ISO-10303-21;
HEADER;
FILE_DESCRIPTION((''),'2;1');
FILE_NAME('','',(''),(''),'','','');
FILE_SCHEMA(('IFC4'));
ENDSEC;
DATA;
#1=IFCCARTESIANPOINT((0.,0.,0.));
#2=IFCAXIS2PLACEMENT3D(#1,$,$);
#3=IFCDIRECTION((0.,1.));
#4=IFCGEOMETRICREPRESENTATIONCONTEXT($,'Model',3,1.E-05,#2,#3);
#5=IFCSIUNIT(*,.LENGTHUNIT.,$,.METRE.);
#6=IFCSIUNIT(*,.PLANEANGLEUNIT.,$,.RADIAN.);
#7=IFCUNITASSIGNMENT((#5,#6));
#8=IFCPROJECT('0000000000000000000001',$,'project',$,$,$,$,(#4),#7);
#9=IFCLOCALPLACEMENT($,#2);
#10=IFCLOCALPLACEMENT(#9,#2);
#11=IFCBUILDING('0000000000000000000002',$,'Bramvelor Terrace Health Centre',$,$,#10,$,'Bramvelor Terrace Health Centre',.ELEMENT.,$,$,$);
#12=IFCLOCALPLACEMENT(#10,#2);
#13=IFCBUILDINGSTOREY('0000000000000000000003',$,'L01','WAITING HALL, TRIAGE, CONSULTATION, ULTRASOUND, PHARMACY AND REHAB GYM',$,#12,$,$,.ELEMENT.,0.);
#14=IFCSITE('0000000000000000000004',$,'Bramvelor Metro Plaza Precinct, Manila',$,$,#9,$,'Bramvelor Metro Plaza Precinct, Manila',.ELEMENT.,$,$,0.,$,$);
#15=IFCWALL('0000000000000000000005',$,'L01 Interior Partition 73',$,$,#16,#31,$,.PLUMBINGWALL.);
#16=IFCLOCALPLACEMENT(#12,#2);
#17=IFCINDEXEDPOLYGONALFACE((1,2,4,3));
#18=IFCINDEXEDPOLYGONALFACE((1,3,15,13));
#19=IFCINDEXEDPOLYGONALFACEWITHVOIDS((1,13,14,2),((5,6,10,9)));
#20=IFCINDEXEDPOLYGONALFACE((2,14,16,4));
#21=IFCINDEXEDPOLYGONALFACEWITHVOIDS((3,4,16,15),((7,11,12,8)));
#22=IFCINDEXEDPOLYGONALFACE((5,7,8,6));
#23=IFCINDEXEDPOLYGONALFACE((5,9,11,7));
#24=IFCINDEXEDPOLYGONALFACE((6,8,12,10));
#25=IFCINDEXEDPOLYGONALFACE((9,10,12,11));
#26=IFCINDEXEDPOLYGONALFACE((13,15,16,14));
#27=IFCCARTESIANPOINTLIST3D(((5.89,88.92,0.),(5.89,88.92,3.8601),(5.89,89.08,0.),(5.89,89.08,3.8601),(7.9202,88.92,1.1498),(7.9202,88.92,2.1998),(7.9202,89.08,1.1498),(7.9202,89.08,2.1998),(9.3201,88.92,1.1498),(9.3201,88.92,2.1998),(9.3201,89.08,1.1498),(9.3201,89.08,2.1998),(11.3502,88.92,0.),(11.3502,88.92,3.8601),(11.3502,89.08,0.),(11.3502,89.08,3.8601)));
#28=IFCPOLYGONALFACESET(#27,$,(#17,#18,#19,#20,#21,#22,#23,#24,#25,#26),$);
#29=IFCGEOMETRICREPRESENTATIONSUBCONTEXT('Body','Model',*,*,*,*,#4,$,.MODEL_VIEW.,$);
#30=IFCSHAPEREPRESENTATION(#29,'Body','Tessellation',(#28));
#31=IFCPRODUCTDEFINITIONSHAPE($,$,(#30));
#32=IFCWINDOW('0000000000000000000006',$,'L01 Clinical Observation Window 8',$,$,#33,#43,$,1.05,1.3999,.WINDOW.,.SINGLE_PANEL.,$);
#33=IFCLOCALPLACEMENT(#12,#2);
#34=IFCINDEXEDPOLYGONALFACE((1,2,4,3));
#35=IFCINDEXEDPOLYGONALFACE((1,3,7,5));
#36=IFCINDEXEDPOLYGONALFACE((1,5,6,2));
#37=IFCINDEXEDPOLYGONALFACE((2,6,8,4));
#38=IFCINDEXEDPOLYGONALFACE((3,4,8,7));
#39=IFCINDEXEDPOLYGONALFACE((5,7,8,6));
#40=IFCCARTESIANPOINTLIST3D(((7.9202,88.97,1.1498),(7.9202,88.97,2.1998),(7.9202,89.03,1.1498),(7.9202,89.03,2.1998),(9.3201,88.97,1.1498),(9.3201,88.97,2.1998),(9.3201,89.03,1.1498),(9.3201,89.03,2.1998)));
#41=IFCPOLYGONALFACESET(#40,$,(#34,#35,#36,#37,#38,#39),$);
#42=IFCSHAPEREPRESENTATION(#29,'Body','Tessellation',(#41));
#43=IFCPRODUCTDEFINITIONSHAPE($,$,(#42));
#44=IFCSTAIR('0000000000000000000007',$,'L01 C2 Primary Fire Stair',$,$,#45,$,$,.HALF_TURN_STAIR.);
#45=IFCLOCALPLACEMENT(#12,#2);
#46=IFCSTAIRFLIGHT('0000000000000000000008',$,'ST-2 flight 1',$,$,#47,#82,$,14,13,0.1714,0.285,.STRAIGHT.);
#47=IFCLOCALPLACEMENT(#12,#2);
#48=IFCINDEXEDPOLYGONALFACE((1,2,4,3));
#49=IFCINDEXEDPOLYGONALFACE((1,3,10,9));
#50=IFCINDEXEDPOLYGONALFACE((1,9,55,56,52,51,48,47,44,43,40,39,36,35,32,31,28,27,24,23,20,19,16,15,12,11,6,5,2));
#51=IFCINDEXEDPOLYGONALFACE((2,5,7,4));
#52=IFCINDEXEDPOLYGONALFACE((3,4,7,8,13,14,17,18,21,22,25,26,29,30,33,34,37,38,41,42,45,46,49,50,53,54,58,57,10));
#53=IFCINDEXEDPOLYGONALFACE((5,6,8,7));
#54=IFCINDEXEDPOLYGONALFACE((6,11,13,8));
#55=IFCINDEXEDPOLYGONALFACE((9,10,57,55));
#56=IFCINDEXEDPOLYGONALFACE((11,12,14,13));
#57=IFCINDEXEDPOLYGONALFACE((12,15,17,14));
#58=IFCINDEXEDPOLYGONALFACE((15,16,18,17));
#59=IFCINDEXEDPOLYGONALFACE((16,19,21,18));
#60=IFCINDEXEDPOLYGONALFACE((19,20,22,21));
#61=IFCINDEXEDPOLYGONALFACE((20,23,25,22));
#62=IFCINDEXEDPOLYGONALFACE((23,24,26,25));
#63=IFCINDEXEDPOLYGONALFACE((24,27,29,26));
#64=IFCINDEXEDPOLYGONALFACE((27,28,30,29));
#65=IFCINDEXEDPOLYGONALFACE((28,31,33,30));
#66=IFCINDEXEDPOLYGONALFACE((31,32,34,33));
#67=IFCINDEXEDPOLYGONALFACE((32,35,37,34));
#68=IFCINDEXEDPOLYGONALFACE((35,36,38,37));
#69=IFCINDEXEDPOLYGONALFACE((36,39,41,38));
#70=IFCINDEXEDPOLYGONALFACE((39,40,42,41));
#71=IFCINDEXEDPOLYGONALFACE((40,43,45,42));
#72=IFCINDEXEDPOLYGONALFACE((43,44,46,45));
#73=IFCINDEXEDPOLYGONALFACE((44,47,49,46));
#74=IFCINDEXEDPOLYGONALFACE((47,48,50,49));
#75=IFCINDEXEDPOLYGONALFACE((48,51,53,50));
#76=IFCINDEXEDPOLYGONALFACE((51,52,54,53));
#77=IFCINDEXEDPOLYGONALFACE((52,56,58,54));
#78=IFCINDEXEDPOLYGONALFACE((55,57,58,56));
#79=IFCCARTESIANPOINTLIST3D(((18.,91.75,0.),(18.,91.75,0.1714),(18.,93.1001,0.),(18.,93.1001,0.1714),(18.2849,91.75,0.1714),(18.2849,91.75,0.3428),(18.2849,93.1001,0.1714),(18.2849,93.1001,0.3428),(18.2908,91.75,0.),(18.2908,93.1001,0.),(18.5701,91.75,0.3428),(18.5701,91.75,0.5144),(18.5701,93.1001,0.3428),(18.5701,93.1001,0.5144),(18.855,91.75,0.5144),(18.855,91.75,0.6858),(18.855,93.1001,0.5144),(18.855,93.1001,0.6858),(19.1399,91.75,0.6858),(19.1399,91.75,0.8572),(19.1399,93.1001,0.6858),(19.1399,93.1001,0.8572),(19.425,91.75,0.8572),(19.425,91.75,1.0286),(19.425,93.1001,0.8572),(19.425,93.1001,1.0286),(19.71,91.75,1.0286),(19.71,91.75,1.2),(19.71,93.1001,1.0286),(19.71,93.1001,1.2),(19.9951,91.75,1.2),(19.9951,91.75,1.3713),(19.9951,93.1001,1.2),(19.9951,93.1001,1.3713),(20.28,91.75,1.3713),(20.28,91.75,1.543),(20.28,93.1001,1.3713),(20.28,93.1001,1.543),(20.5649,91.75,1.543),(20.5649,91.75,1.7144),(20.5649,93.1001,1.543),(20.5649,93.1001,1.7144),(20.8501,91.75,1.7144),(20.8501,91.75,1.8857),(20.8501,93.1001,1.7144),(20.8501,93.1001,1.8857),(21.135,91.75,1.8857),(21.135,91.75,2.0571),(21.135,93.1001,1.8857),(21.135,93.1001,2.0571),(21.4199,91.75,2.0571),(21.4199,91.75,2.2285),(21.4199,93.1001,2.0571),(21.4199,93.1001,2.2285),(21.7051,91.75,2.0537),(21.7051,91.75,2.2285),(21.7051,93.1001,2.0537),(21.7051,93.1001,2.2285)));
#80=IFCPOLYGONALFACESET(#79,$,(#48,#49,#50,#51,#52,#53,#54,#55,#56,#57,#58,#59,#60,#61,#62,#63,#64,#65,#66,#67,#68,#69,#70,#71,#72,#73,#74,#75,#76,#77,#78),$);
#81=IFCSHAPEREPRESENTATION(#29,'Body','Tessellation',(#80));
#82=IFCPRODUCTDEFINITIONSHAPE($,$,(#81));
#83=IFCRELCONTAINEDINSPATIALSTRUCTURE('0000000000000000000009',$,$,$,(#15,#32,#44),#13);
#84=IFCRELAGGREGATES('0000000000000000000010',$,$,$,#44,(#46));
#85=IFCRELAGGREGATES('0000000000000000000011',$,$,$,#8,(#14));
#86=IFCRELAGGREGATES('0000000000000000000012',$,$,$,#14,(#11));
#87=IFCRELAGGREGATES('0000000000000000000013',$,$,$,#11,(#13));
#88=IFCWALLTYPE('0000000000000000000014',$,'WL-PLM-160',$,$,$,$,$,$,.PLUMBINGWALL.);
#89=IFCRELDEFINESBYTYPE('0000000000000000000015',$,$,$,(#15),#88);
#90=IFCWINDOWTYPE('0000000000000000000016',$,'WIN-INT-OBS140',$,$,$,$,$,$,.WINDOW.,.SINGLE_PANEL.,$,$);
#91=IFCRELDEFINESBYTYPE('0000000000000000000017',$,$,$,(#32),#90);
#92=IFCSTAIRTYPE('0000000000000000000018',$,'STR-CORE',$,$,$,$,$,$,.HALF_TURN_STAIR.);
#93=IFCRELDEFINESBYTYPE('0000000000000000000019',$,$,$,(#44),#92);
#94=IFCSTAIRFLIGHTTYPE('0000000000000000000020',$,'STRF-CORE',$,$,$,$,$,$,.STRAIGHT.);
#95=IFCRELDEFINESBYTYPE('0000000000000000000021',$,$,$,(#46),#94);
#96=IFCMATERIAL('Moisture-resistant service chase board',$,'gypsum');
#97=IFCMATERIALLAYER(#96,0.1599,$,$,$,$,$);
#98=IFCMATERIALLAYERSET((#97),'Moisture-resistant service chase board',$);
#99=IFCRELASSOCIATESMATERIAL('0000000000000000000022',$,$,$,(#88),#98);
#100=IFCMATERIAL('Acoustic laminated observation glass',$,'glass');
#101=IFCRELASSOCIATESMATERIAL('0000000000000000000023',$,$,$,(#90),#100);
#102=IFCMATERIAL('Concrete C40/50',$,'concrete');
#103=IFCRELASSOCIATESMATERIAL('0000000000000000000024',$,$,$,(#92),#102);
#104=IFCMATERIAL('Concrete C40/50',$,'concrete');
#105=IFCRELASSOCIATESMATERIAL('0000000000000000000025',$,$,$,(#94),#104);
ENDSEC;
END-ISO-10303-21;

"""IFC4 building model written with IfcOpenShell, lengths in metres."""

from ifc_helpers import new_model, si_unit, direction, frame, frame_2d, origin, place, context, subcontext, project, spatial, polyline, rectangle, outline, extrude, material, layer, layer_set, type_object, element, fill, aggregate, save


model = new_model("IFC4")

# Units and contexts
model_context = context("Model", 3, precision=1e-05, world=origin(), true_north=direction((0.0, 1.0)))
body_context = subcontext(model_context, "Body", "Model", "MODEL_VIEW")
ifc_project = project(units=[si_unit("LENGTHUNIT", "METRE"), si_unit("PLANEANGLEUNIT", "RADIAN")], contexts=[model_context])

# Site, building, storey
site_placement = place(None, origin())
site = spatial("IfcSite", under=ifc_project, at=site_placement, Name="Bramvelor Metro Plaza Precinct, Manila", LongName="Bramvelor Metro Plaza Precinct, Manila", CompositionType="ELEMENT", RefElevation=0.0)
building_placement = place(site_placement, origin())
building = spatial("IfcBuilding", under=site, at=building_placement, Name="Bramvelor Terrace Health Centre", LongName="Bramvelor Terrace Health Centre", CompositionType="ELEMENT")
storey_placement = place(building_placement, origin())
storey = spatial("IfcBuildingStorey", under=building, at=storey_placement, Name="L01", Description="WAITING HALL, TRIAGE, CONSULTATION, ULTRASOUND, PHARMACY AND REHAB GYM", CompositionType="ELEMENT", Elevation=0.0)

# Shared definitions
ifc_material_1 = material(Name="Moisture-resistant service chase board", Category="gypsum")
ifc_layer_1 = layer(ifc_material_1, 0.1599)
ifc_layer_set_1 = layer_set([ifc_layer_1], Name="Moisture-resistant service chase board")
wall_type_1 = type_object("IfcWallType", Name="WL-PLM-160", PredefinedType="PLUMBINGWALL", material=ifc_layer_set_1)
ifc_material_2 = material(Name="Acoustic laminated observation glass", Category="glass")
window_type = type_object("IfcWindowType", Name="WIN-INT-OBS140", PartitioningType="SINGLE_PANEL", PredefinedType="WINDOW", material=ifc_material_2)

# Wall, opening, window
wall_1_placement = place(storey_placement, frame((11.3501, 89.0, 0.0), z_axis=(0.0, 0.0, 1.0), x_axis=(-1.0, 0.0, 0.0)))
wall_1 = element("IfcWall", 1, at=wall_1_placement, inside=storey, type_object=wall_type_1, Name="L01 Interior Partition 73", PredefinedType="PLUMBINGWALL", context=body_context, shape_type="SweptSolid", body=[
    extrude(rectangle(XDim=5.4602, YDim=0.1599, at=frame_2d((2.73, 0.0))), origin(), (0.0, 0.0, 1.0), 3.8601),
])
opening_1_placement = place(wall_1_placement, frame((2.03, 0.0, 1.1499)))
opening_1 = element("IfcOpeningElement", 2, at=opening_1_placement, cuts=wall_1, PredefinedType="OPENING", context=body_context, shape_type="SweptSolid", body=[
    extrude(rectangle(XDim=1.3999, YDim=1.05, at=frame_2d((0.7, 0.5249))), frame((0.0, 0.0898, 0.0), z_axis=(0.0, -1.0, 0.0), x_axis=(1.0, 0.0, 0.0)), (0.0, 0.0, 1.0), 0.1799),
])
window_1_placement = place(opening_1_placement, origin())
window_1 = element("IfcWindow", 3, at=window_1_placement, inside=storey, type_object=window_type, Name="L01 Clinical Observation Window 8", OverallHeight=1.05, OverallWidth=1.3999, PartitioningType="SINGLE_PANEL", PredefinedType="WINDOW", context=body_context, shape_type="SweptSolid", body=[
    extrude(rectangle(XDim=1.3999, YDim=1.05, at=frame_2d((0.7, 0.5249))), frame((0.0, 0.03, 0.0), z_axis=(0.0, -1.0, 0.0), x_axis=(1.0, 0.0, 0.0)), (0.0, 0.0, 1.0), 0.0601),
])
fill(opening_1, window_1)

# Stair, stair flight
ifc_material_3 = material(Name="Concrete C40/50", Category="concrete")
stair_type = type_object("IfcStairType", Name="STR-CORE", PredefinedType="HALF_TURN_STAIR", material=ifc_material_3)
stair_placement = place(storey_placement, origin())
stair = element("IfcStair", 4, at=stair_placement, inside=storey, type_object=stair_type, Name="L01 C2 Primary Fire Stair", PredefinedType="HALF_TURN_STAIR")
ifc_material_4 = material(Name="Concrete C40/50", Category="concrete")
stair_flight_type = type_object("IfcStairFlightType", Name="STRF-CORE", PredefinedType="STRAIGHT", material=ifc_material_4)
stair_flight_placement = place(storey_placement, frame((18.0, 92.425, 0.0), z_axis=(0.0, 0.0, 1.0), x_axis=(1.0, 0.0, 0.0)))
stair_flight = element("IfcStairFlight", 5, at=stair_flight_placement, type_object=stair_flight_type, Name="ST-2 flight 1", NumberOfRisers=14, NumberOfTreads=13, PredefinedType="STRAIGHT", RiserHeight=0.1714, TreadLength=0.285, context=body_context, shape_type="SweptSolid", body=[
    extrude(outline(polyline([(0.0, 0.0), (0.0, 0.1714), (0.2849, 0.1714), (0.2849, 0.3428), (0.5701, 0.3428), (0.5701, 0.5144), (0.855, 0.5144), (0.855, 0.6858), (1.1399, 0.6858), (1.1399, 0.8572), (1.425, 0.8572), (1.425, 1.0286), (1.71, 1.0286), (1.71, 1.2), (1.9951, 1.2), (1.9951, 1.3713), (2.28, 1.3713), (2.28, 1.543), (2.5649, 1.543), (2.5649, 1.7144), (2.8501, 1.7144), (2.8501, 1.8857), (3.135, 1.8857), (3.135, 2.0571), (3.4199, 2.0571), (3.4199, 2.2285), (3.7051, 2.2285), (3.7051, 2.3999), (3.7051, 2.0537), (0.2908, 0.0), (0.0, 0.0)])), frame((0.0, 0.675, 0.0), z_axis=(0.0, -1.0, 0.0), x_axis=(1.0, 0.0, 0.0)), (0.0, 0.0, 1.0), 1.3501),
])
aggregate(stair, [stair_flight])

save(model, "model.ifc")
